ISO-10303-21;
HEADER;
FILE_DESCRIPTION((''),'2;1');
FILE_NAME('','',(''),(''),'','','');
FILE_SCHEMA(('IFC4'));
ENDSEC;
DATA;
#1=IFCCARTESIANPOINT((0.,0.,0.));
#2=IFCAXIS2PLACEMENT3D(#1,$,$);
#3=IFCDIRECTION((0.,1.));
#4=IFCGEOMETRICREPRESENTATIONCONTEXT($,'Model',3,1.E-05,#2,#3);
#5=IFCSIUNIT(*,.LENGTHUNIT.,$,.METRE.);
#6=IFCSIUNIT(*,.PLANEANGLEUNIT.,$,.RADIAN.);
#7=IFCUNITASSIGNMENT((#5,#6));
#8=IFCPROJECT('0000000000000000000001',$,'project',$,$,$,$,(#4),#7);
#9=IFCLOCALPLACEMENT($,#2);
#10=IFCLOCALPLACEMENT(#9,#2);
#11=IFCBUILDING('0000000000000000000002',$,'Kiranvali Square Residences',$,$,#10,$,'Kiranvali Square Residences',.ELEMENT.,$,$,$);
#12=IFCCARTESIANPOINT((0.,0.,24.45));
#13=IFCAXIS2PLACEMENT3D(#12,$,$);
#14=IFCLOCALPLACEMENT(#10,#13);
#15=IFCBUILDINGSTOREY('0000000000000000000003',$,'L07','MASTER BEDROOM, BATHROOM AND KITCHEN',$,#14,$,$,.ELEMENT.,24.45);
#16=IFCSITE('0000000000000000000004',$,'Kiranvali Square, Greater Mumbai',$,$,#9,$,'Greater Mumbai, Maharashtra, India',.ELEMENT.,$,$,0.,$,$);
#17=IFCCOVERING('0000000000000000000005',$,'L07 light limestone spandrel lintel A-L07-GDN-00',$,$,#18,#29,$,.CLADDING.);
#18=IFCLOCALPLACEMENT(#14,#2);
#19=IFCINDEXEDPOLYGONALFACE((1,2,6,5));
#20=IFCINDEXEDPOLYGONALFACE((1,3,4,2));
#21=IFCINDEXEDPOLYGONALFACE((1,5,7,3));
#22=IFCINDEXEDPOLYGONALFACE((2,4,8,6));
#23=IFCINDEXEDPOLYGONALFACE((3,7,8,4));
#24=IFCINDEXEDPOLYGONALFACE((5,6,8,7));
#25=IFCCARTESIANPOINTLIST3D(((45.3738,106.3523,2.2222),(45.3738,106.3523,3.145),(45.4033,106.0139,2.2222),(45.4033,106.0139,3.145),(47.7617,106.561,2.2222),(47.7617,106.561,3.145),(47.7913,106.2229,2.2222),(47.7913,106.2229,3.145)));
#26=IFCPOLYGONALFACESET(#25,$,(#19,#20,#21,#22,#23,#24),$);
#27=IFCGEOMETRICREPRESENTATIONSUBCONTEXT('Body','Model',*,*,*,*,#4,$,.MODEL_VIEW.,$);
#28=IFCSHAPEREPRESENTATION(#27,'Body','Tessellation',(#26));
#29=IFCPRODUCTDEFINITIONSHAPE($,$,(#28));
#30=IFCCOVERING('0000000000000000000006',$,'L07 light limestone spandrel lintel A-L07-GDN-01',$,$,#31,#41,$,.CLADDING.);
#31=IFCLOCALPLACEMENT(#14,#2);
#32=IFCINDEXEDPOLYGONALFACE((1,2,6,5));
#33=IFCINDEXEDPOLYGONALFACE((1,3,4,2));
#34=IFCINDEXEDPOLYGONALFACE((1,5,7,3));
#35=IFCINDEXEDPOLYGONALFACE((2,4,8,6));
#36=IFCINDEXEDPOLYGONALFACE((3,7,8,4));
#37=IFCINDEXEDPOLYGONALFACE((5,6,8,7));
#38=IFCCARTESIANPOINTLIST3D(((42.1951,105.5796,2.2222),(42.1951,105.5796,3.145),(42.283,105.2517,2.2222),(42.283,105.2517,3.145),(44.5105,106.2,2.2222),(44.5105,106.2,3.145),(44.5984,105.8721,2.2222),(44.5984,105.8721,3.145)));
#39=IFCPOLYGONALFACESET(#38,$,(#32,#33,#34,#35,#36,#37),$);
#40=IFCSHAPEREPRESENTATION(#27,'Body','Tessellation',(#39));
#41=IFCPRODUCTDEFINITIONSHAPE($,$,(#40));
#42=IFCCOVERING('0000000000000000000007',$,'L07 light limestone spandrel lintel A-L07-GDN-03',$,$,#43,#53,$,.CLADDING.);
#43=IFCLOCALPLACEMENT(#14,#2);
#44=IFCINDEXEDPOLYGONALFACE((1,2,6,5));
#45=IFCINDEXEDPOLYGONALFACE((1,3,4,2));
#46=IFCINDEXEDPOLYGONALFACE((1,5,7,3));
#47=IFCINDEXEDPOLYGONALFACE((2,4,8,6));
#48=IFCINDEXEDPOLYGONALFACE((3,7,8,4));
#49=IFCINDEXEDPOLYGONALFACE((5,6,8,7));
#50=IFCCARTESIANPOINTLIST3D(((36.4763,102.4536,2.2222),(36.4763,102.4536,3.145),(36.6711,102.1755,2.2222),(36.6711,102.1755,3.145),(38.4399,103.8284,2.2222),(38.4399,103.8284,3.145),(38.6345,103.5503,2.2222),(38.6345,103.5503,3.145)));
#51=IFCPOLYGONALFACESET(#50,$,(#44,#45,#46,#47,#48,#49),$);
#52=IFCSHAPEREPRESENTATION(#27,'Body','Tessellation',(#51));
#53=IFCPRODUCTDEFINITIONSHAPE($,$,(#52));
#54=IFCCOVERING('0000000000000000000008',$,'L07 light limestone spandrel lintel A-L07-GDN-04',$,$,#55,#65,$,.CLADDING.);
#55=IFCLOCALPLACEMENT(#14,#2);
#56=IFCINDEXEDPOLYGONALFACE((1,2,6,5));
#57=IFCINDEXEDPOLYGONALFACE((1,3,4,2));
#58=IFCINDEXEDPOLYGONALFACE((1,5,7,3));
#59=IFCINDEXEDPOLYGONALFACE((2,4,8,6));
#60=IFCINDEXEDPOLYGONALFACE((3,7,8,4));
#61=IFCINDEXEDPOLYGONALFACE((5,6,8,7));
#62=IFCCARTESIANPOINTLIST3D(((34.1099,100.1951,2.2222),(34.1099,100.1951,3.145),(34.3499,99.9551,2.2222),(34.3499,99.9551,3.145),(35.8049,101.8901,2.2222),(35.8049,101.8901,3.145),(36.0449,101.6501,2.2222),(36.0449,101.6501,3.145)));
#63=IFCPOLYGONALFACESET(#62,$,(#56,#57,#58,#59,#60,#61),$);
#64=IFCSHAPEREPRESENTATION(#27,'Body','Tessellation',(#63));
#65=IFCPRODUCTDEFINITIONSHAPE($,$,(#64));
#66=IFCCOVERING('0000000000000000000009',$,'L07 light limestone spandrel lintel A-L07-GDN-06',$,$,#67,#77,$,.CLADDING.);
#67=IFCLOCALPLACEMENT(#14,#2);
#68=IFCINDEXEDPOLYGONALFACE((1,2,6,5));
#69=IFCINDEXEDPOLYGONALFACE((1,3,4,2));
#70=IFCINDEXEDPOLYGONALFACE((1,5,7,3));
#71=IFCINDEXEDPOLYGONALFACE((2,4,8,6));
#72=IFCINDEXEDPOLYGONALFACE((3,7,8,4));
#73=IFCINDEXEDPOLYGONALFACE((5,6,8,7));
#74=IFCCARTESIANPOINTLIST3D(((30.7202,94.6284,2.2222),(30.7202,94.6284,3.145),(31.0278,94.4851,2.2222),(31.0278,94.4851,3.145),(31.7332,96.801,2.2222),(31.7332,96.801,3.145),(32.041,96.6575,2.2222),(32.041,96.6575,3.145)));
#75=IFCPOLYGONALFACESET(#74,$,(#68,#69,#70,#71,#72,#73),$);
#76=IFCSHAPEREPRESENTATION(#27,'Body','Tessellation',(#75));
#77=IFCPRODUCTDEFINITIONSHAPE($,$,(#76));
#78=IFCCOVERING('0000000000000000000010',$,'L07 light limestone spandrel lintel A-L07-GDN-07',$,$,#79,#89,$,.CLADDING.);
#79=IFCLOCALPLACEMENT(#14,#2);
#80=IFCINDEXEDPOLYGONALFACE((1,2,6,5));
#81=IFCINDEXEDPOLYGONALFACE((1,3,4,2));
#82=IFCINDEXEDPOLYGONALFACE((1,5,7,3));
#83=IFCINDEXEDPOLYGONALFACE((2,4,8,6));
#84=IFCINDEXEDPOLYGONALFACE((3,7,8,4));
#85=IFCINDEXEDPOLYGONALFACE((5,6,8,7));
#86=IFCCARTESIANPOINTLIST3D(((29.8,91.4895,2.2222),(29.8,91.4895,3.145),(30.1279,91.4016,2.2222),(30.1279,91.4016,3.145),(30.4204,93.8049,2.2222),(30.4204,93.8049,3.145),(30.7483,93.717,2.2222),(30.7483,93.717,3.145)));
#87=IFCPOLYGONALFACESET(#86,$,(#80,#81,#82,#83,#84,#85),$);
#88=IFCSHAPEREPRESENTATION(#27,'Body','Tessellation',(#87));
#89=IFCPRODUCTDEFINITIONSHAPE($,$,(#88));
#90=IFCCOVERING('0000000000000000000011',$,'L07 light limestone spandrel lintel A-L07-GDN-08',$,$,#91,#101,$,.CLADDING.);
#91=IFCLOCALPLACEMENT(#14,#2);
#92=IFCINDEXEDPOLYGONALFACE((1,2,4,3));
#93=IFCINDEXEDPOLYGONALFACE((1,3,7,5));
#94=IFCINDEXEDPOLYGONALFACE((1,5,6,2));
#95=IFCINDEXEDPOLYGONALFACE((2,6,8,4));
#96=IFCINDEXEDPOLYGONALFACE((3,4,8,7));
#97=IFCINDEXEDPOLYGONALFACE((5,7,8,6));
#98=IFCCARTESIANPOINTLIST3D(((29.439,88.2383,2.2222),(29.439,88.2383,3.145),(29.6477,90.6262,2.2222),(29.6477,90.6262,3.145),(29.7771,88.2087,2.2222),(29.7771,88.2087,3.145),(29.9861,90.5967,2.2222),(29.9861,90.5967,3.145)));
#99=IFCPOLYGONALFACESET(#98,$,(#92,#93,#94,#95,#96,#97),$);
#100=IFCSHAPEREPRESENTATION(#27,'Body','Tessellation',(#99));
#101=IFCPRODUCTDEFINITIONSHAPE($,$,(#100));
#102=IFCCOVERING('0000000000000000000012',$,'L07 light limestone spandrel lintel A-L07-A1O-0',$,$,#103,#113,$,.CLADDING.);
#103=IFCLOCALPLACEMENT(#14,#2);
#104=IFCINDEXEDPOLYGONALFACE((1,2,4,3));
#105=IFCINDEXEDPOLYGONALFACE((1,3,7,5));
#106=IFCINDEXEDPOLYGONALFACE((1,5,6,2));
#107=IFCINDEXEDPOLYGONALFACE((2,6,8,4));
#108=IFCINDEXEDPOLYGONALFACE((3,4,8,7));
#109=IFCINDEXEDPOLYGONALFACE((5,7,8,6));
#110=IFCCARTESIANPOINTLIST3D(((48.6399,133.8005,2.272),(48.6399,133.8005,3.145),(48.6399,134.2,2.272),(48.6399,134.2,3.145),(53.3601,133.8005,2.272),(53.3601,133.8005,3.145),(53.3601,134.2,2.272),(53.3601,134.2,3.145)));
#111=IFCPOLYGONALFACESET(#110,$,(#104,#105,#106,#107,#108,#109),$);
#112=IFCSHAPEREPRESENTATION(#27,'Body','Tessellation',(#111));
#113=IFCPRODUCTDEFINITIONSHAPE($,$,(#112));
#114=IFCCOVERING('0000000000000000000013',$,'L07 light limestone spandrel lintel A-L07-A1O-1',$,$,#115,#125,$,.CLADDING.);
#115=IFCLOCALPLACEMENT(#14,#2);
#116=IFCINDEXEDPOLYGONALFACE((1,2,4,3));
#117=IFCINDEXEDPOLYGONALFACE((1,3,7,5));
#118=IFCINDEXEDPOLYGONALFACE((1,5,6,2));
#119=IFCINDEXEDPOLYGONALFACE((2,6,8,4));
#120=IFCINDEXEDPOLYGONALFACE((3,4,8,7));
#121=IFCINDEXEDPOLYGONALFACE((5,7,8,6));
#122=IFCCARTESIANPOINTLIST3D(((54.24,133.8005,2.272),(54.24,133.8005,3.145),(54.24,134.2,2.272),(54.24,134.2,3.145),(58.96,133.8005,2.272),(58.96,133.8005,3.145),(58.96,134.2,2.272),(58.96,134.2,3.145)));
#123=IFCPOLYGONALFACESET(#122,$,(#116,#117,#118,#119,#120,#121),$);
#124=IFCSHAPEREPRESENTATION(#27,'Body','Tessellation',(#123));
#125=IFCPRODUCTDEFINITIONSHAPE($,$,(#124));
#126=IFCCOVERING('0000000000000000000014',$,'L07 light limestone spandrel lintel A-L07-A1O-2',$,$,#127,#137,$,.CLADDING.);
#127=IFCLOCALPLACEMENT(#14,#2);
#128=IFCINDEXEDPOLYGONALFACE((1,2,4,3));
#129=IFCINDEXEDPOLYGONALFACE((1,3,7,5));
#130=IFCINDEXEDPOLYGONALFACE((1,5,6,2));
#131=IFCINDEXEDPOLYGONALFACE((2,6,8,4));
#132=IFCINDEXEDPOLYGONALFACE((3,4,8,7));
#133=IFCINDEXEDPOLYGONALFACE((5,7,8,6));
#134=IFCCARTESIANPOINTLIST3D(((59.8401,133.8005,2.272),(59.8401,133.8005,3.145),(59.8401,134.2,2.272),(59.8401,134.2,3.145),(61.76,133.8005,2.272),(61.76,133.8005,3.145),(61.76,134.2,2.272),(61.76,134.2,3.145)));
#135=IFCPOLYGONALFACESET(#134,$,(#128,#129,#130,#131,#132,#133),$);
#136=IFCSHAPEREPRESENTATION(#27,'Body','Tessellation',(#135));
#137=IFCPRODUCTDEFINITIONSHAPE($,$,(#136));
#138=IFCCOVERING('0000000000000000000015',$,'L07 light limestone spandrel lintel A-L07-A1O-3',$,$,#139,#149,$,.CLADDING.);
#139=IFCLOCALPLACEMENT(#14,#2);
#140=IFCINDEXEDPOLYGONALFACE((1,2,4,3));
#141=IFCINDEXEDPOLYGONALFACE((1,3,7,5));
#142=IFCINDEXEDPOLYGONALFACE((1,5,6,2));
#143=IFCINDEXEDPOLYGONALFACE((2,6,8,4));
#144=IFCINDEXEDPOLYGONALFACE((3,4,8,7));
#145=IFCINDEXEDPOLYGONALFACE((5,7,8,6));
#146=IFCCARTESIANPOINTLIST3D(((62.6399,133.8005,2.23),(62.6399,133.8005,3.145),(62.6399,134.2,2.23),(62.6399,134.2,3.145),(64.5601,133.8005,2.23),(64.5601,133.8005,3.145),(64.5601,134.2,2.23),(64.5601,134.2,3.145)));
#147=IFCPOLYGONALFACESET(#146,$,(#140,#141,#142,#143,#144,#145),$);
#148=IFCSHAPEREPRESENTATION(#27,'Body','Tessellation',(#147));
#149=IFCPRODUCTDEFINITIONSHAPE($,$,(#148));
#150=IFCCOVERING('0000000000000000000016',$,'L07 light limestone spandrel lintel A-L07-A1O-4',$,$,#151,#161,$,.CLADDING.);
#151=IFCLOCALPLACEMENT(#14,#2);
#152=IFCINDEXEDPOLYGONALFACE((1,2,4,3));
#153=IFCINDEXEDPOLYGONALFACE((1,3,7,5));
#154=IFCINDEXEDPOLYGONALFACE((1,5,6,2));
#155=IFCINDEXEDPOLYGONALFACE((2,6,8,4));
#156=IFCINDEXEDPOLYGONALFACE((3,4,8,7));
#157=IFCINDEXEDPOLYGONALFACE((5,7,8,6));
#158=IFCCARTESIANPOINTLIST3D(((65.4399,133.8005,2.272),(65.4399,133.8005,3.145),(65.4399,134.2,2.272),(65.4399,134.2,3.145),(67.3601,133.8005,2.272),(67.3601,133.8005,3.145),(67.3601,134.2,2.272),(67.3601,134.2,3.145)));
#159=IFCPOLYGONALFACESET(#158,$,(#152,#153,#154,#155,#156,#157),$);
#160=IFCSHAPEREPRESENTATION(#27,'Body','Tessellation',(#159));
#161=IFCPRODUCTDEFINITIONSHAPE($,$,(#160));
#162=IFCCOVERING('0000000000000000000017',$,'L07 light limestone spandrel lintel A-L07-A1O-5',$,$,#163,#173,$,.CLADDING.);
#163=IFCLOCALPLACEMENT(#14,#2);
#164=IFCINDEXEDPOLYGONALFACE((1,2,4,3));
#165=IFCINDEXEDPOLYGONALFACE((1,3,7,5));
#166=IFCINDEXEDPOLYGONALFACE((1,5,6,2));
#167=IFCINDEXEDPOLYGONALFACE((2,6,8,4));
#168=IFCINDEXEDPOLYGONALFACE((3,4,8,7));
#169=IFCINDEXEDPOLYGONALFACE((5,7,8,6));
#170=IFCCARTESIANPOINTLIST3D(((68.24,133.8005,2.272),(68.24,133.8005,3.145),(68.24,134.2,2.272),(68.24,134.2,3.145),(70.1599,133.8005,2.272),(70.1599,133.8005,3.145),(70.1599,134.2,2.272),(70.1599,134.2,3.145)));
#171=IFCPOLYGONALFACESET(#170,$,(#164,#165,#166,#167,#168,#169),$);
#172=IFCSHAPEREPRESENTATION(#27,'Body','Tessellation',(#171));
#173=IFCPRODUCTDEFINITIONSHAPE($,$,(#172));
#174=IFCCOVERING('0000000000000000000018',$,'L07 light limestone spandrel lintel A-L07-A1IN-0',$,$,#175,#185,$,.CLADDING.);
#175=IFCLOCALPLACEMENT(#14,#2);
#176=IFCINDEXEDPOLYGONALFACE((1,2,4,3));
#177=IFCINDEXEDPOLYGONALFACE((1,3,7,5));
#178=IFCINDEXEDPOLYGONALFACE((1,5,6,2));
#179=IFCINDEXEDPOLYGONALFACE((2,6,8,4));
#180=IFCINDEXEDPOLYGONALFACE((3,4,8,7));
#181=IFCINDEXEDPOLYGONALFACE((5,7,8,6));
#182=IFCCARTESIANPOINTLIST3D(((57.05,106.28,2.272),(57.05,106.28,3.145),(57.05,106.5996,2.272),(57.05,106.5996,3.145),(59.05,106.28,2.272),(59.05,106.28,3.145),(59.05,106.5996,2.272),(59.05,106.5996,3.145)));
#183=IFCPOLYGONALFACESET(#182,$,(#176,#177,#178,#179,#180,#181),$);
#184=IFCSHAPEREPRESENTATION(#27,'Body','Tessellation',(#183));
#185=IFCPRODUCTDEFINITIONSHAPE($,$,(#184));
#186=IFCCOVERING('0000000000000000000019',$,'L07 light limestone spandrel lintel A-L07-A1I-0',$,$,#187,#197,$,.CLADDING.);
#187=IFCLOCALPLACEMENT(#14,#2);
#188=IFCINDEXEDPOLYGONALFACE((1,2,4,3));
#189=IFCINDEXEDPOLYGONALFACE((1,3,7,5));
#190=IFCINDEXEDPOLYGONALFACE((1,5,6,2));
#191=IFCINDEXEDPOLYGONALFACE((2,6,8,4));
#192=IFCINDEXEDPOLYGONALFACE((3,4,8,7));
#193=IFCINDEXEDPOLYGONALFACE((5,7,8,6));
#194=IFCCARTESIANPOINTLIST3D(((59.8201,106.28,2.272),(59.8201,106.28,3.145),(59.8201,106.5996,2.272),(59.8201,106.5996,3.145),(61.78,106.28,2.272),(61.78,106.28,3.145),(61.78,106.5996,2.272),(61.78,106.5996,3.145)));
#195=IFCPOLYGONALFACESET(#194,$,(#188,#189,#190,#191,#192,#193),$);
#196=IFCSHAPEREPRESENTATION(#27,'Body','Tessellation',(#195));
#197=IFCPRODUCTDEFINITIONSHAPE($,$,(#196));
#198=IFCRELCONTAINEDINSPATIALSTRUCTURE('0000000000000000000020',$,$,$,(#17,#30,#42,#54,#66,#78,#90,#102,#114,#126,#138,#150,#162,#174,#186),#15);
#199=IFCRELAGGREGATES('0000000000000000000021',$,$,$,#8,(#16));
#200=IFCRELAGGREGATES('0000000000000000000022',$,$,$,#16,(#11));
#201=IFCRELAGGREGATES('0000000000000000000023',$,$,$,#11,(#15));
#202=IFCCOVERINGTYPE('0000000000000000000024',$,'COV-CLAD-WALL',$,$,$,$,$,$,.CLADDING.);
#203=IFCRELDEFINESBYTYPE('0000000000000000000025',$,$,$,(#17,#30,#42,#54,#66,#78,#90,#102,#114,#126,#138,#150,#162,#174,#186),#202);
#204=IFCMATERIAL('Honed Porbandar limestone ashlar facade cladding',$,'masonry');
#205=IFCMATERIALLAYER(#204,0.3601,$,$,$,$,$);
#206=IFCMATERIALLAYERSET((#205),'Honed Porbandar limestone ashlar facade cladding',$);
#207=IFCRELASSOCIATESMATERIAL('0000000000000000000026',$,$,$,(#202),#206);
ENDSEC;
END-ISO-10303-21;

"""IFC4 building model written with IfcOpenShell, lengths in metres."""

from ifc_helpers import new_model, si_unit, direction, frame, origin, place, context, subcontext, project, spatial, polyline, outline, extrude, material, layer, layer_set, type_object, element, save


model = new_model("IFC4")

# Units and contexts
model_context = context("Model", 3, precision=1e-05, world=origin(), true_north=direction((0.0, 1.0)))
body_context = subcontext(model_context, "Body", "Model", "MODEL_VIEW")
ifc_project = project(units=[si_unit("LENGTHUNIT", "METRE"), si_unit("PLANEANGLEUNIT", "RADIAN")], contexts=[model_context])

# Site, building, storey
site_placement = place(None, origin())
site = spatial("IfcSite", under=ifc_project, at=site_placement, Name="Kiranvali Square, Greater Mumbai", LongName="Greater Mumbai, Maharashtra, India", CompositionType="ELEMENT", RefElevation=0.0)
building_placement = place(site_placement, origin())
building = spatial("IfcBuilding", under=site, at=building_placement, Name="Kiranvali Square Residences", LongName="Kiranvali Square Residences", CompositionType="ELEMENT")
storey_placement = place(building_placement, frame((0.0, 0.0, 24.45)))
storey = spatial("IfcBuildingStorey", under=building, at=storey_placement, Name="L07", Description="MASTER BEDROOM, BATHROOM AND KITCHEN", CompositionType="ELEMENT", Elevation=24.45)

# Coverings
ifc_material = material(Name="Honed Porbandar limestone ashlar facade cladding", Category="masonry")
ifc_layer = layer(ifc_material, 0.3601)
ifc_layer_set = layer_set([ifc_layer], Name="Honed Porbandar limestone ashlar facade cladding")
covering_type = type_object("IfcCoveringType", Name="COV-CLAD-WALL", PredefinedType="CLADDING", material=ifc_layer_set)
covering_1_placement = place(storey_placement, frame((0.0, 0.0, 2.2222)))
element("IfcCovering", 1, at=covering_1_placement, inside=storey, type_object=covering_type, Name="L07 light limestone spandrel lintel A-L07-GDN-00", PredefinedType="CLADDING", context=body_context, shape_type="SweptSolid", body=[
    extrude(outline(polyline([(47.7617, 106.561), (45.3738, 106.3523), (45.4033, 106.0139), (47.7913, 106.2229), (47.7617, 106.561)])), origin(), (0.0, 0.0, 1.0), 0.9229),
])
covering_2_placement = place(storey_placement, frame((0.0, 0.0, 2.2222)))
element("IfcCovering", 2, at=covering_2_placement, inside=storey, type_object=covering_type, Name="L07 light limestone spandrel lintel A-L07-GDN-01", PredefinedType="CLADDING", context=body_context, shape_type="SweptSolid", body=[
    extrude(outline(polyline([(44.5105, 106.2), (42.1951, 105.5796), (42.283, 105.2517), (44.5984, 105.8721), (44.5105, 106.2)])), origin(), (0.0, 0.0, 1.0), 0.9229),
])
covering_3_placement = place(storey_placement, frame((0.0, 0.0, 2.2222)))
element("IfcCovering", 3, at=covering_3_placement, inside=storey, type_object=covering_type, Name="L07 light limestone spandrel lintel A-L07-GDN-03", PredefinedType="CLADDING", context=body_context, shape_type="SweptSolid", body=[
    extrude(outline(polyline([(38.4399, 103.8284), (36.4763, 102.4536), (36.6711, 102.1755), (38.6345, 103.5503), (38.4399, 103.8284)])), origin(), (0.0, 0.0, 1.0), 0.9229),
])
covering_4_placement = place(storey_placement, frame((0.0, 0.0, 2.2222)))
element("IfcCovering", 4, at=covering_4_placement, inside=storey, type_object=covering_type, Name="L07 light limestone spandrel lintel A-L07-GDN-04", PredefinedType="CLADDING", context=body_context, shape_type="SweptSolid", body=[
    extrude(outline(polyline([(35.8049, 101.8901), (34.1099, 100.1951), (34.3499, 99.9551), (36.0449, 101.6501), (35.8049, 101.8901)])), origin(), (0.0, 0.0, 1.0), 0.9229),
])
covering_5_placement = place(storey_placement, frame((0.0, 0.0, 2.2222)))
element("IfcCovering", 5, at=covering_5_placement, inside=storey, type_object=covering_type, Name="L07 light limestone spandrel lintel A-L07-GDN-06", PredefinedType="CLADDING", context=body_context, shape_type="SweptSolid", body=[
    extrude(outline(polyline([(31.7332, 96.801), (30.7202, 94.6284), (31.0278, 94.4851), (32.041, 96.6575), (31.7332, 96.801)])), origin(), (0.0, 0.0, 1.0), 0.9229),
])
covering_6_placement = place(storey_placement, frame((0.0, 0.0, 2.2222)))
element("IfcCovering", 6, at=covering_6_placement, inside=storey, type_object=covering_type, Name="L07 light limestone spandrel lintel A-L07-GDN-07", PredefinedType="CLADDING", context=body_context, shape_type="SweptSolid", body=[
    extrude(outline(polyline([(30.4204, 93.8049), (29.8, 91.4895), (30.1279, 91.4016), (30.7483, 93.717), (30.4204, 93.8049)])), origin(), (0.0, 0.0, 1.0), 0.9229),
])
covering_7_placement = place(storey_placement, frame((0.0, 0.0, 2.2222)))
element("IfcCovering", 7, at=covering_7_placement, inside=storey, type_object=covering_type, Name="L07 light limestone spandrel lintel A-L07-GDN-08", PredefinedType="CLADDING", context=body_context, shape_type="SweptSolid", body=[
    extrude(outline(polyline([(29.6477, 90.6262), (29.439, 88.2383), (29.7771, 88.2087), (29.9861, 90.5967), (29.6477, 90.6262)])), origin(), (0.0, 0.0, 1.0), 0.9229),
])
covering_8_placement = place(storey_placement, frame((0.0, 0.0, 2.272)))
element("IfcCovering", 8, at=covering_8_placement, inside=storey, type_object=covering_type, Name="L07 light limestone spandrel lintel A-L07-A1O-0", PredefinedType="CLADDING", context=body_context, shape_type="SweptSolid", body=[
    extrude(outline(polyline([(48.6399, 133.8005), (53.3601, 133.8005), (53.3601, 134.2), (48.6399, 134.2), (48.6399, 133.8005)])), origin(), (0.0, 0.0, 1.0), 0.873),
])
covering_9_placement = place(storey_placement, frame((0.0, 0.0, 2.272)))
element("IfcCovering", 9, at=covering_9_placement, inside=storey, type_object=covering_type, Name="L07 light limestone spandrel lintel A-L07-A1O-1", PredefinedType="CLADDING", context=body_context, shape_type="SweptSolid", body=[
    extrude(outline(polyline([(54.24, 133.8005), (58.96, 133.8005), (58.96, 134.2), (54.24, 134.2), (54.24, 133.8005)])), origin(), (0.0, 0.0, 1.0), 0.873),
])
covering_10_placement = place(storey_placement, frame((0.0, 0.0, 2.272)))
element("IfcCovering", 10, at=covering_10_placement, inside=storey, type_object=covering_type, Name="L07 light limestone spandrel lintel A-L07-A1O-2", PredefinedType="CLADDING", context=body_context, shape_type="SweptSolid", body=[
    extrude(outline(polyline([(59.8401, 133.8005), (61.76, 133.8005), (61.76, 134.2), (59.8401, 134.2), (59.8401, 133.8005)])), origin(), (0.0, 0.0, 1.0), 0.873),
])
covering_11_placement = place(storey_placement, frame((0.0, 0.0, 2.23)))
element("IfcCovering", 11, at=covering_11_placement, inside=storey, type_object=covering_type, Name="L07 light limestone spandrel lintel A-L07-A1O-3", PredefinedType="CLADDING", context=body_context, shape_type="SweptSolid", body=[
    extrude(outline(polyline([(62.6399, 133.8005), (64.5601, 133.8005), (64.5601, 134.2), (62.6399, 134.2), (62.6399, 133.8005)])), origin(), (0.0, 0.0, 1.0), 0.915),
])
covering_12_placement = place(storey_placement, frame((0.0, 0.0, 2.272)))
element("IfcCovering", 12, at=covering_12_placement, inside=storey, type_object=covering_type, Name="L07 light limestone spandrel lintel A-L07-A1O-4", PredefinedType="CLADDING", context=body_context, shape_type="SweptSolid", body=[
    extrude(outline(polyline([(65.4399, 133.8005), (67.3601, 133.8005), (67.3601, 134.2), (65.4399, 134.2), (65.4399, 133.8005)])), origin(), (0.0, 0.0, 1.0), 0.873),
])
covering_13_placement = place(storey_placement, frame((0.0, 0.0, 2.272)))
element("IfcCovering", 13, at=covering_13_placement, inside=storey, type_object=covering_type, Name="L07 light limestone spandrel lintel A-L07-A1O-5", PredefinedType="CLADDING", context=body_context, shape_type="SweptSolid", body=[
    extrude(outline(polyline([(68.24, 133.8005), (70.1599, 133.8005), (70.1599, 134.2), (68.24, 134.2), (68.24, 133.8005)])), origin(), (0.0, 0.0, 1.0), 0.873),
])
covering_14_placement = place(storey_placement, frame((0.0, 0.0, 2.272)))
element("IfcCovering", 14, at=covering_14_placement, inside=storey, type_object=covering_type, Name="L07 light limestone spandrel lintel A-L07-A1IN-0", PredefinedType="CLADDING", context=body_context, shape_type="SweptSolid", body=[
    extrude(outline(polyline([(57.05, 106.28), (59.05, 106.28), (59.05, 106.5996), (57.05, 106.5996), (57.05, 106.28)])), origin(), (0.0, 0.0, 1.0), 0.873),
])
covering_15_placement = place(storey_placement, frame((0.0, 0.0, 2.272)))
element("IfcCovering", 15, at=covering_15_placement, inside=storey, type_object=covering_type, Name="L07 light limestone spandrel lintel A-L07-A1I-0", PredefinedType="CLADDING", context=body_context, shape_type="SweptSolid", body=[
    extrude(outline(polyline([(59.8201, 106.28), (61.78, 106.28), (61.78, 106.5996), (59.8201, 106.5996), (59.8201, 106.28)])), origin(), (0.0, 0.0, 1.0), 0.873),
])

save(model, "model.ifc")
